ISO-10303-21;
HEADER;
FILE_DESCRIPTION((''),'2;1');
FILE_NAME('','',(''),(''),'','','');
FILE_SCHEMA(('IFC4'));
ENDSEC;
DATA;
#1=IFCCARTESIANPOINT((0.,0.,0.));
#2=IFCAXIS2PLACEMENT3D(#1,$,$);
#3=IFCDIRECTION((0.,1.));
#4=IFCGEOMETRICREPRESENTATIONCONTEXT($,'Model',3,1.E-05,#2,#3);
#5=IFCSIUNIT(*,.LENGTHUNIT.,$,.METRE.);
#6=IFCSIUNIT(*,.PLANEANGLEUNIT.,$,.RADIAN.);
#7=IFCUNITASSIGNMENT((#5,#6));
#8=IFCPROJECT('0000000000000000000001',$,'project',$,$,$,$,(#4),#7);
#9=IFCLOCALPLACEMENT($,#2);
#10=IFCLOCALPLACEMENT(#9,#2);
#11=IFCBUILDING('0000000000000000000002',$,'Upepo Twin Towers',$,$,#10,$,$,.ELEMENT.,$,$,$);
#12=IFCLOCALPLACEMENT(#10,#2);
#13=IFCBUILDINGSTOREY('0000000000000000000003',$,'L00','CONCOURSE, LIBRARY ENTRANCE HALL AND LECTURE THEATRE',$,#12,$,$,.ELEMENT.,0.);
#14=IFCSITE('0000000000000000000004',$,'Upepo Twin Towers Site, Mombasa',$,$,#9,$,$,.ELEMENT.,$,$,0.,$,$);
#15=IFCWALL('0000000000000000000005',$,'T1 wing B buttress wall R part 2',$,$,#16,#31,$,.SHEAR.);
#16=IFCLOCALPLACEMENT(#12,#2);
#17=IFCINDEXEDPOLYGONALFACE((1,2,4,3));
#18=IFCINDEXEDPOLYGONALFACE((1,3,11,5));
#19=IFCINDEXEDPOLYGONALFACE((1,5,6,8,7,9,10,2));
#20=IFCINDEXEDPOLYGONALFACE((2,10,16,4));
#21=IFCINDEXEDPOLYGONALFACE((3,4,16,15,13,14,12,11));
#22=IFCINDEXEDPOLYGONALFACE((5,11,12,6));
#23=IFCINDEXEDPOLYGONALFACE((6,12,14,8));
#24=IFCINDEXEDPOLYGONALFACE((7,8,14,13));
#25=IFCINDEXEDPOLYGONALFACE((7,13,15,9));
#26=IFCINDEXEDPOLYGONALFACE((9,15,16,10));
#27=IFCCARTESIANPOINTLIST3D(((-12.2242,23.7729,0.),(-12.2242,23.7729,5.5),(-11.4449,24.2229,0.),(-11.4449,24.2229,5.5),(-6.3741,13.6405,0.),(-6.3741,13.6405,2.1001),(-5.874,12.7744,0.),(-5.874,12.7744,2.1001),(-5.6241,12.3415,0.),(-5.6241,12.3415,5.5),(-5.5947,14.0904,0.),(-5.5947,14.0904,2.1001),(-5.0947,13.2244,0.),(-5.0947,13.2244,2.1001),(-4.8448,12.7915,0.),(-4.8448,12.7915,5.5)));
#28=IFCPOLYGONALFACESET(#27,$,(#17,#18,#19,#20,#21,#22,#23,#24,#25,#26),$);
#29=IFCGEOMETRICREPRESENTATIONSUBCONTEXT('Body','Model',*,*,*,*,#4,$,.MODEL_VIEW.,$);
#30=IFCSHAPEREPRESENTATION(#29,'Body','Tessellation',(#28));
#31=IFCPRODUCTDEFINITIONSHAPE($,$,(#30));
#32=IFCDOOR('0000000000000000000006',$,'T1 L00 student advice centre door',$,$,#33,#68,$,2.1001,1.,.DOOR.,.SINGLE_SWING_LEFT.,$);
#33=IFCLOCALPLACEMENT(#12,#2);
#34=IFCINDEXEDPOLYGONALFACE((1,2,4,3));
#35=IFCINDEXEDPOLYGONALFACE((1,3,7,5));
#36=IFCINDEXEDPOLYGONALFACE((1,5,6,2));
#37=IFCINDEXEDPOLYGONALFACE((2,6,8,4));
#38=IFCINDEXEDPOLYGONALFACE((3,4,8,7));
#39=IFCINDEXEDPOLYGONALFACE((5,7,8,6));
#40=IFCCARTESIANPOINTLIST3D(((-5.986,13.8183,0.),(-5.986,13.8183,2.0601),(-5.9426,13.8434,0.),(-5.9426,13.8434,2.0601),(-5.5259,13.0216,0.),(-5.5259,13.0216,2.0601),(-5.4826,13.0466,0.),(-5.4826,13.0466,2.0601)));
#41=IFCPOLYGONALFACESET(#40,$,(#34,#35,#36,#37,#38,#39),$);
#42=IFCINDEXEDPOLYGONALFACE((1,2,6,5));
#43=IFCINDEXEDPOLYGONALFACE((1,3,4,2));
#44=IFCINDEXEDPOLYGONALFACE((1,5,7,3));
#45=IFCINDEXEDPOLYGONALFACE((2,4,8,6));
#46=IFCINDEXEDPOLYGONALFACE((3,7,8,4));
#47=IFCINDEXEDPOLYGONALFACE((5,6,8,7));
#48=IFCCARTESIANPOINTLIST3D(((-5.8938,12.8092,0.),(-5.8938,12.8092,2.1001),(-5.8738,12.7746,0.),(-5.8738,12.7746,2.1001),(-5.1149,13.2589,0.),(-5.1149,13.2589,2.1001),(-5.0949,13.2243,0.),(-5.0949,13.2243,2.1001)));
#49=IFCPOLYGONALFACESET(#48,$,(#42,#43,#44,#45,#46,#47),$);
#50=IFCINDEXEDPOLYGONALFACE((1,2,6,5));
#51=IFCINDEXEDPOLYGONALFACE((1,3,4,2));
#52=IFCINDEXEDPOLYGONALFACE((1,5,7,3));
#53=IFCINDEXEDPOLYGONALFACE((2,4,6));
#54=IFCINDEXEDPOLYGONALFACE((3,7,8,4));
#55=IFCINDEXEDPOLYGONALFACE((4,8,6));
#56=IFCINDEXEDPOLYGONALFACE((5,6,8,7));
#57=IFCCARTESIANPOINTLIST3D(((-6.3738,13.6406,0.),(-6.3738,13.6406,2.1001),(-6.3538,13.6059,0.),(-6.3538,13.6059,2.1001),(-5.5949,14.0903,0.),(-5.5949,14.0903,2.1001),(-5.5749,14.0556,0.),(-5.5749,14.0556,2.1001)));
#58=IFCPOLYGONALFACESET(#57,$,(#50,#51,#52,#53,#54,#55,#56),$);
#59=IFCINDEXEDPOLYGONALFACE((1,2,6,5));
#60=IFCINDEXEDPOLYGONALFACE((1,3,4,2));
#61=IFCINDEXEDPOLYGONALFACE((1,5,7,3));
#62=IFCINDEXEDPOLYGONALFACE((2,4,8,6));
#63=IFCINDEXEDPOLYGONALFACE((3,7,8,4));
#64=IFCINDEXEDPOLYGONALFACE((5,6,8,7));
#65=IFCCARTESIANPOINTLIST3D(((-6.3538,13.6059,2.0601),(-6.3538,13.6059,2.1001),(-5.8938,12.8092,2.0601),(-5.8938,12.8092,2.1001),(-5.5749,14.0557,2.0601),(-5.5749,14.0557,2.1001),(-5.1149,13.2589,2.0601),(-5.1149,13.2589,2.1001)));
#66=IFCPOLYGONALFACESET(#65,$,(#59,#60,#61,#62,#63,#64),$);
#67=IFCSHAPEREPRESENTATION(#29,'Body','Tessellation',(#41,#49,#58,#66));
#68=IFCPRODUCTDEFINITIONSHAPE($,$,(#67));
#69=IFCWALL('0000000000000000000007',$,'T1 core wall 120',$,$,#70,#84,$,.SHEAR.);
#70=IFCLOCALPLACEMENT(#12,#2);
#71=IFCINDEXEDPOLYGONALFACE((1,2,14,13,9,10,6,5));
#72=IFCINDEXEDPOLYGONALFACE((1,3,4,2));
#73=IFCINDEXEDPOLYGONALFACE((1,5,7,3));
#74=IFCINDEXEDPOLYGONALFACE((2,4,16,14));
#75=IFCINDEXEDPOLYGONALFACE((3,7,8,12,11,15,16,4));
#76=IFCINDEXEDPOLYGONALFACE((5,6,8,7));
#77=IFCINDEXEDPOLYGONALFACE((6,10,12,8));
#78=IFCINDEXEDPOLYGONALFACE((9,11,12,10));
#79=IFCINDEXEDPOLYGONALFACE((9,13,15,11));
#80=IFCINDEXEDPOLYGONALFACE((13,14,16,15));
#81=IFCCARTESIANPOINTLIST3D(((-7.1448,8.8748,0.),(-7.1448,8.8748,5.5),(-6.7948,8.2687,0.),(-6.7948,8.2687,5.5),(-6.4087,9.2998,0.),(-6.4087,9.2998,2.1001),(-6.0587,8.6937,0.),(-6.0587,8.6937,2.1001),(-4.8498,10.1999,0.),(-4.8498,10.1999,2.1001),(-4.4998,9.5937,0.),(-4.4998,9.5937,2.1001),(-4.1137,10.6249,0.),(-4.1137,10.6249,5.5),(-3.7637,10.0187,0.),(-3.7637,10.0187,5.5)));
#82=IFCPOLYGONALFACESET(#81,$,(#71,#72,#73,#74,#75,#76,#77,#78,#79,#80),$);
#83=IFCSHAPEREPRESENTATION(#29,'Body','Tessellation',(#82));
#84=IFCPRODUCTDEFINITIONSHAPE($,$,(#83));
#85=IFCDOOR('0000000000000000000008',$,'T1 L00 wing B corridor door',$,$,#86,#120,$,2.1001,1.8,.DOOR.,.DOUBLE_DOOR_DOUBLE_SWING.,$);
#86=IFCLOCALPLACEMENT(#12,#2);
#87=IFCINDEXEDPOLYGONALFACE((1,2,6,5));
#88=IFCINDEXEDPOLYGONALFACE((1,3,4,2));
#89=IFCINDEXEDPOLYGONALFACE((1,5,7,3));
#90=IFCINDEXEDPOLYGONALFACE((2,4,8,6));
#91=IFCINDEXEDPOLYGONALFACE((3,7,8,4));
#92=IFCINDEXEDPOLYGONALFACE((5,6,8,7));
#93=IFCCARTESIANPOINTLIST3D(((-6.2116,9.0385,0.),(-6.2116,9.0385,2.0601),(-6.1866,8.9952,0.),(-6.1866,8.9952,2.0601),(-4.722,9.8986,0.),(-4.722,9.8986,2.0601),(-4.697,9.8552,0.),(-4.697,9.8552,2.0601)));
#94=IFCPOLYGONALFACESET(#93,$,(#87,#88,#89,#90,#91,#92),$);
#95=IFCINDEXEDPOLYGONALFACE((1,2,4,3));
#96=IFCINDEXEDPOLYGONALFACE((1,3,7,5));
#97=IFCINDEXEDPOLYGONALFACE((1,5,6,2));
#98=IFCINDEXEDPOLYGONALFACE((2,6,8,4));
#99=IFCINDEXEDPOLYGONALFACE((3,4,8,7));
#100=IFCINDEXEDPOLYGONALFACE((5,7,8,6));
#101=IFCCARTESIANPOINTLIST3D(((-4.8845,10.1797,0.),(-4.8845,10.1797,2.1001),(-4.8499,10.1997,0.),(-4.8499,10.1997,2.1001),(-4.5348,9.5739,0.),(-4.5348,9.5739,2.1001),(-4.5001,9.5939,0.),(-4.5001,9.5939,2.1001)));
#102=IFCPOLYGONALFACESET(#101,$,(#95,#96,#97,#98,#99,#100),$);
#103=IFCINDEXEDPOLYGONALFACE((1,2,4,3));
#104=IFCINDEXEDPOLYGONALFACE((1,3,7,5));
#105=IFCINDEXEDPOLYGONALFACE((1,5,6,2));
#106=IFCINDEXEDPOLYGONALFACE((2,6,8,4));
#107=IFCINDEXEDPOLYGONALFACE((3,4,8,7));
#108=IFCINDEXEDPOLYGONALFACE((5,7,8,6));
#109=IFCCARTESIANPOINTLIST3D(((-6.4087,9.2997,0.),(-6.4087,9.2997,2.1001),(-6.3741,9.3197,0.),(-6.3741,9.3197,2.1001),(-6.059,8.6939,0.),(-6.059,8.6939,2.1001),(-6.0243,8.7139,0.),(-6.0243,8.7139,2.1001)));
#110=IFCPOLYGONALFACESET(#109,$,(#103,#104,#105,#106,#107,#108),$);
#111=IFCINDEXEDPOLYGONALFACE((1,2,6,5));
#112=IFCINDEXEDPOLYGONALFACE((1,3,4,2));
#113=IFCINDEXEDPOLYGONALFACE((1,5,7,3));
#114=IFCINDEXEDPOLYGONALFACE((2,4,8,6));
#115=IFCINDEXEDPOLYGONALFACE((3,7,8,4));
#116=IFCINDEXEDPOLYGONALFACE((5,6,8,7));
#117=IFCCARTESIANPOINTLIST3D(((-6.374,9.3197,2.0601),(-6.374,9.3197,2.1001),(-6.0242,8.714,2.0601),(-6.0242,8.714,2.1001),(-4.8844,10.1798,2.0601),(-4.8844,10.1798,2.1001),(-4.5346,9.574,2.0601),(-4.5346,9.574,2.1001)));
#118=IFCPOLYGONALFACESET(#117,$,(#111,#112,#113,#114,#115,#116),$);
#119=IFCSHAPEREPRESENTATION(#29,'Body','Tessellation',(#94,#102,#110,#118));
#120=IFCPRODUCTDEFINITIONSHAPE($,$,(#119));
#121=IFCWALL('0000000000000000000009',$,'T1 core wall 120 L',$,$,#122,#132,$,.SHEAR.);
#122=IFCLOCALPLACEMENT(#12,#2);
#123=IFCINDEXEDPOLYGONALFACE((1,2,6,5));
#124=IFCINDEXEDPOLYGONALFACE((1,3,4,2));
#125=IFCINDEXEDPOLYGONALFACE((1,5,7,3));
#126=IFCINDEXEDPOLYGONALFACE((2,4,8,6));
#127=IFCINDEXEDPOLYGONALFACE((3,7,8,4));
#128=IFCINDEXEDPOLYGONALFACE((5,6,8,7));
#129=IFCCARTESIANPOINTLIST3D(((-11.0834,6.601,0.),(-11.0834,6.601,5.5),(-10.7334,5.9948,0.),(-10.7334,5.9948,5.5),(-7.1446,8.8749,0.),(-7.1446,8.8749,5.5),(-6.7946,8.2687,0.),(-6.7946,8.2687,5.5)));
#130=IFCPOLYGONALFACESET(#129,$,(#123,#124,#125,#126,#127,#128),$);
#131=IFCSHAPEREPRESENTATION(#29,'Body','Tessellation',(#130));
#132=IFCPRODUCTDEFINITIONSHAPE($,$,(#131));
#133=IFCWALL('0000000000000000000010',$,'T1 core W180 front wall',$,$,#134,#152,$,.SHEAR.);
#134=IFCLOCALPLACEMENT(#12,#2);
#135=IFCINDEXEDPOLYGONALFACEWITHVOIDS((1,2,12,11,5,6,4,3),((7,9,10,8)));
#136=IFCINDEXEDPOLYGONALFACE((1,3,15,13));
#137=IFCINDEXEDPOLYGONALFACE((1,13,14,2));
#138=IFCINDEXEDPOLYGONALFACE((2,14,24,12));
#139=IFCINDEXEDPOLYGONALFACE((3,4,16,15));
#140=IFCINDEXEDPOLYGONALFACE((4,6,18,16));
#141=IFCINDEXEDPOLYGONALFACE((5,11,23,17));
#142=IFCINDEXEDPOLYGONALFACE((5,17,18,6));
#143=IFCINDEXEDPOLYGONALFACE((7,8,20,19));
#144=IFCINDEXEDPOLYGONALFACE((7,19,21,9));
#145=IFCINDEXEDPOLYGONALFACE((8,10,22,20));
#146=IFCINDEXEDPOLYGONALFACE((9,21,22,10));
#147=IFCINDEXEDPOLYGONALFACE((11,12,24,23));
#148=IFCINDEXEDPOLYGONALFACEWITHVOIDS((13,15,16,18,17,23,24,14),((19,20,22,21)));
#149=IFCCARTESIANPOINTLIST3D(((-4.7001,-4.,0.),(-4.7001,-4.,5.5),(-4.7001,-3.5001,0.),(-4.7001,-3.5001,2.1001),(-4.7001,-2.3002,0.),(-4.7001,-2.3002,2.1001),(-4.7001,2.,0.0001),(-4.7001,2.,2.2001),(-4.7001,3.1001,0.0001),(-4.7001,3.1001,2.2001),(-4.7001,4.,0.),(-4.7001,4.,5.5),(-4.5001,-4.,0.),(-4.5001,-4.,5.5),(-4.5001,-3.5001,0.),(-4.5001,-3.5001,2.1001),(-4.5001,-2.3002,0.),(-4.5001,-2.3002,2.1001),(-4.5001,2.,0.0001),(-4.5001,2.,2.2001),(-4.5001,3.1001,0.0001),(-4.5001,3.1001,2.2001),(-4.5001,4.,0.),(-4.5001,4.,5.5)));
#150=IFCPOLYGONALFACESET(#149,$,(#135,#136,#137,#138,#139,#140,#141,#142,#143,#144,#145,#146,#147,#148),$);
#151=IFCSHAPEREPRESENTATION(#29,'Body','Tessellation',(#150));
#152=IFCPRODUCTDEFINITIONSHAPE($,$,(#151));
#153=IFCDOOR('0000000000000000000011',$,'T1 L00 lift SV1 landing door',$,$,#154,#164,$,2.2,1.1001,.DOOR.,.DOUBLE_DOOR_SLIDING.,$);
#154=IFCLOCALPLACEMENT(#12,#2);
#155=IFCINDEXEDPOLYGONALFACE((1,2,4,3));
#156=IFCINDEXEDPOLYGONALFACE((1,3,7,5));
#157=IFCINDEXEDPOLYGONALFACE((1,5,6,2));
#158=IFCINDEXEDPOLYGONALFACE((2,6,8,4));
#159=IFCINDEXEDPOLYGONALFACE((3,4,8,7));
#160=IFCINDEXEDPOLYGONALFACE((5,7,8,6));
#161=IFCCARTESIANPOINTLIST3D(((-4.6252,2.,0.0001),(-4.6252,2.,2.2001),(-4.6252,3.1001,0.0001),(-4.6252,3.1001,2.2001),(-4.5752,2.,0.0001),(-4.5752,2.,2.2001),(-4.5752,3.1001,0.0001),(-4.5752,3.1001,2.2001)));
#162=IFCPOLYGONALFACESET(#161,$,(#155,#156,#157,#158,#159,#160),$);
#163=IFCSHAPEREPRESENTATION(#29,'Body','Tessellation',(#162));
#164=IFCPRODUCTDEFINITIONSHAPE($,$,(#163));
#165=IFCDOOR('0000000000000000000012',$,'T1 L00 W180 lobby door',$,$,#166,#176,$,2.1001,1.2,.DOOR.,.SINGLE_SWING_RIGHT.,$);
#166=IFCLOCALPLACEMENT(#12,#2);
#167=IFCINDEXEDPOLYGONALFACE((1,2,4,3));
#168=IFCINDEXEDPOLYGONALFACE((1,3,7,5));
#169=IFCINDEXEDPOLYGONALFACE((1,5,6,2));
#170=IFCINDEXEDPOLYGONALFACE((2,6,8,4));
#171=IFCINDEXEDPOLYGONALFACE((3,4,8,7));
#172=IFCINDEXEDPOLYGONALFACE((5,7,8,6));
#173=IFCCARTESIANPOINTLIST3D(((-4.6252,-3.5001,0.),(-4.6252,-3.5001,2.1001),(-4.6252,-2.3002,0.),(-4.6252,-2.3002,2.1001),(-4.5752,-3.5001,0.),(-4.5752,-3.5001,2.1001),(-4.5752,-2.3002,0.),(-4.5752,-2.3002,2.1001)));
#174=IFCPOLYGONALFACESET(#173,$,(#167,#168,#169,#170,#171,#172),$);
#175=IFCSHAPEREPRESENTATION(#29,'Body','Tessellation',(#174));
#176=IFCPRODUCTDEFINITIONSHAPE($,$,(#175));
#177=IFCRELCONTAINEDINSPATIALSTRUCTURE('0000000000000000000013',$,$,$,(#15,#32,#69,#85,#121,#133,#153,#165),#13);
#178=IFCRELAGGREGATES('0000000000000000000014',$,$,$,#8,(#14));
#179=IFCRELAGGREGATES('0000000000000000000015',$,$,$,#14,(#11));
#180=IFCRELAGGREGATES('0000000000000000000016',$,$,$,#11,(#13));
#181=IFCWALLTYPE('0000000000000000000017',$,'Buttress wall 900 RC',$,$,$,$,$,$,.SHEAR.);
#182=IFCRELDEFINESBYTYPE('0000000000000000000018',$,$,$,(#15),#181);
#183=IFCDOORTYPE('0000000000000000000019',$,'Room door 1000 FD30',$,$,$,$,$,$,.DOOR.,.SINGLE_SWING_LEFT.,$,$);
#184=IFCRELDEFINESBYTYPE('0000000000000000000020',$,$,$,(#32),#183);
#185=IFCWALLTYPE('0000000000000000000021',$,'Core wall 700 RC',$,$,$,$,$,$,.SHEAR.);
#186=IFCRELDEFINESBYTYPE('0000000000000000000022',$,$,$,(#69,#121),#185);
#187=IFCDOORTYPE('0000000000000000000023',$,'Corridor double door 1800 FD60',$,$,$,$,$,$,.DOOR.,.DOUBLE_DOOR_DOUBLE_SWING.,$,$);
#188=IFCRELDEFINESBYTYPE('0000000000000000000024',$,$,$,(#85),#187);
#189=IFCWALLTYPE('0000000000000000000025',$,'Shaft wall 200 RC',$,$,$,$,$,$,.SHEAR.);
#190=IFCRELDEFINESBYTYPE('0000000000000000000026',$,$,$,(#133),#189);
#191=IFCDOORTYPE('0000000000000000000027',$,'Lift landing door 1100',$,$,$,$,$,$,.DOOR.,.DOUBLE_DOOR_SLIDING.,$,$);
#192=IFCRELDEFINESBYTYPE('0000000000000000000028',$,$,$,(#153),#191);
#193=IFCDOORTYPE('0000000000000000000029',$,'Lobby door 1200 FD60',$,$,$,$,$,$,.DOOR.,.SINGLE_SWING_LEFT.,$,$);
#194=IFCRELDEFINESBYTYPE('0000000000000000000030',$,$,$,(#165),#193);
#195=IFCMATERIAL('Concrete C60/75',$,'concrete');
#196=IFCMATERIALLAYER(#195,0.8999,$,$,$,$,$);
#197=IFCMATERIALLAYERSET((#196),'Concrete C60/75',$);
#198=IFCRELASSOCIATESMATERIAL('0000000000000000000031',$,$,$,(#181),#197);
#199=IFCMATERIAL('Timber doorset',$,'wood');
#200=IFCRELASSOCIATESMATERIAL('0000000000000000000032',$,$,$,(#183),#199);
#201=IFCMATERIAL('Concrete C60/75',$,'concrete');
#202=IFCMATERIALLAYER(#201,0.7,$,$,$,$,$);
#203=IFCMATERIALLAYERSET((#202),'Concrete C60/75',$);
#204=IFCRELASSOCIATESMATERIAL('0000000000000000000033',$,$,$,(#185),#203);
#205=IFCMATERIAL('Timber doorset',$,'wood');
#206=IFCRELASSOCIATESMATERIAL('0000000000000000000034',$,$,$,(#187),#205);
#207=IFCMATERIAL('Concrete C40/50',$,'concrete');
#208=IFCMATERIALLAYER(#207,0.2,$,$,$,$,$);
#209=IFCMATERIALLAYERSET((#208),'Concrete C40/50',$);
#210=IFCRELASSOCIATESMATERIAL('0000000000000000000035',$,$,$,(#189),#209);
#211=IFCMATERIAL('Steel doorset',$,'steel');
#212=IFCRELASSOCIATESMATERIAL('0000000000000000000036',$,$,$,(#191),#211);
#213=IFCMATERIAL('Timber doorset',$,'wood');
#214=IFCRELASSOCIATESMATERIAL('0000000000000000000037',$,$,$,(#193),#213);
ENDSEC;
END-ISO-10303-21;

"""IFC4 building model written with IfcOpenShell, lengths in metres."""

from ifc_helpers import new_model, si_unit, direction, frame, frame_2d, origin, place, context, subcontext, project, spatial, rectangle, extrude, material, layer, layer_set, type_object, element, fill, save


model = new_model("IFC4")

# Units and contexts
model_context = context("Model", 3, precision=1e-05, world=origin(), true_north=direction((0.0, 1.0)))
body_context = subcontext(model_context, "Body", "Model", "MODEL_VIEW")
ifc_project = project(units=[si_unit("LENGTHUNIT", "METRE"), si_unit("PLANEANGLEUNIT", "RADIAN")], contexts=[model_context])

# Site, building, storey
site_placement = place(None, origin())
site = spatial("IfcSite", under=ifc_project, at=site_placement, Name="Upepo Twin Towers Site, Mombasa", CompositionType="ELEMENT", RefElevation=0.0)
building_placement = place(site_placement, origin())
building = spatial("IfcBuilding", under=site, at=building_placement, Name="Upepo Twin Towers", CompositionType="ELEMENT")
storey_placement = place(building_placement, origin())
storey = spatial("IfcBuildingStorey", under=building, at=storey_placement, Name="L00", Description="CONCOURSE, LIBRARY ENTRANCE HALL AND LECTURE THEATRE", CompositionType="ELEMENT", Elevation=0.0)

# Walls, openings, doors
ifc_material_1 = material(Name="Concrete C60/75", Category="concrete")
ifc_layer_1 = layer(ifc_material_1, 0.8999)
ifc_layer_set_1 = layer_set([ifc_layer_1], Name="Concrete C60/75")
wall_type_1 = type_object("IfcWallType", Name="Buttress wall 900 RC", PredefinedType="SHEAR", material=ifc_layer_set_1)
ifc_material_2 = material(Name="Timber doorset", Category="wood")
door_type_1 = type_object("IfcDoorType", Name="Room door 1000 FD30", OperationType="SINGLE_SWING_LEFT", PredefinedType="DOOR", material=ifc_material_2)
wall_1_placement = place(storey_placement, frame((-5.2344, 12.5664, 0.0), z_axis=(0.0, 0.0, 1.0), x_axis=(-0.50001, 0.86602, 0.0)))
wall_1 = element("IfcWall", 1, at=wall_1_placement, inside=storey, type_object=wall_type_1, Name="T1 wing B buttress wall R part 2", PredefinedType="SHEAR", context=body_context, shape_type="SweptSolid", body=[
    extrude(rectangle(XDim=13.2, YDim=0.8999, at=frame_2d((6.6001, 0.0))), origin(), (0.0, 0.0, 1.0), 5.5),
])
opening_1_placement = place(wall_1_placement, frame((0.5, 0.0, 0.0)))
opening_1 = element("IfcOpeningElement", 2, at=opening_1_placement, cuts=wall_1, PredefinedType="OPENING", context=body_context, shape_type="SweptSolid", body=[
    extrude(rectangle(XDim=1.0, YDim=2.1001, at=frame_2d((0.5, 1.05))), frame((0.0, 0.46, 0.0), z_axis=(0.0, -1.0, 0.0), x_axis=(1.0, 0.0, 0.0)), (0.0, 0.0, 1.0), 0.9199),
])
door_1_placement = place(opening_1_placement, origin())
door_1 = element("IfcDoor", 3, at=door_1_placement, inside=storey, type_object=door_type_1, Name="T1 L00 student advice centre door", OperationType="SINGLE_SWING_LEFT", OverallHeight=2.1001, OverallWidth=1.0, PredefinedType="DOOR", context=body_context, shape_type="SweptSolid", body=[
    extrude(rectangle(XDim=0.92, YDim=2.0601, at=frame_2d((0.5, 1.03))), frame((0.0, 0.0249, 0.0), z_axis=(0.0, -1.0, 0.0), x_axis=(1.0, 0.0, 0.0)), (0.0, 0.0, 1.0), 0.05),
    extrude(rectangle(XDim=0.04, YDim=2.1001, at=frame_2d((0.02, 1.05))), frame((0.0, 0.4497, 0.0), z_axis=(0.0, -1.0, 0.0), x_axis=(1.0, 0.0, 0.0)), (0.0, 0.0, 1.0), 0.8994),
    extrude(rectangle(XDim=0.04, YDim=2.1001, at=frame_2d((0.98, 1.05))), frame((0.0, 0.4497, 0.0), z_axis=(0.0, -1.0, 0.0), x_axis=(1.0, 0.0, 0.0)), (0.0, 0.0, 1.0), 0.8994),
    extrude(rectangle(XDim=0.92, YDim=0.04, at=frame_2d((0.5, 2.0801))), frame((0.0, 0.4497, 0.0), z_axis=(0.0, -1.0, 0.0), x_axis=(1.0, 0.0, 0.0)), (0.0, 0.0, 1.0), 0.8994),
])
fill(opening_1, door_1)
ifc_material_3 = material(Name="Concrete C60/75", Category="concrete")
ifc_layer_2 = layer(ifc_material_3, 0.7)
ifc_layer_set_2 = layer_set([ifc_layer_2], Name="Concrete C60/75")
wall_type_2 = type_object("IfcWallType", Name="Core wall 700 RC", PredefinedType="SHEAR", material=ifc_layer_set_2)
wall_2_placement = place(storey_placement, frame((-3.9387, 10.3218, 0.0), z_axis=(0.0, 0.0, 1.0), x_axis=(-0.866019, -0.50001, 0.0)))
wall_2 = element("IfcWall", 4, at=wall_2_placement, inside=storey, type_object=wall_type_2, Name="T1 core wall 120", PredefinedType="SHEAR", context=body_context, shape_type="SweptSolid", body=[
    extrude(rectangle(XDim=3.5, YDim=0.7, at=frame_2d((1.75, 0.0))), origin(), (0.0, 0.0, 1.0), 5.5),
])
opening_2_placement = place(wall_2_placement, frame((0.8501, 0.0, 0.0)))
opening_2 = element("IfcOpeningElement", 5, at=opening_2_placement, cuts=wall_2, PredefinedType="OPENING", context=body_context, shape_type="SweptSolid", body=[
    extrude(rectangle(XDim=1.8, YDim=2.1001, at=frame_2d((0.8999, 1.05))), frame((0.0, 0.3599, 0.0), z_axis=(0.0, -1.0, 0.0), x_axis=(1.0, 0.0, 0.0)), (0.0, 0.0, 1.0), 0.72),
])
ifc_material_4 = material(Name="Timber doorset", Category="wood")
door_type_2 = type_object("IfcDoorType", Name="Corridor double door 1800 FD60", OperationType="DOUBLE_DOOR_DOUBLE_SWING", PredefinedType="DOOR", material=ifc_material_4)
door_2_placement = place(opening_2_placement, origin())
door_2 = element("IfcDoor", 6, at=door_2_placement, inside=storey, type_object=door_type_2, Name="T1 L00 wing B corridor door", OperationType="DOUBLE_DOOR_DOUBLE_SWING", OverallHeight=2.1001, OverallWidth=1.8, PredefinedType="DOOR", context=body_context, shape_type="SweptSolid", body=[
    extrude(rectangle(XDim=1.72, YDim=2.0601, at=frame_2d((0.8999, 1.03))), frame((0.0, 0.0249, 0.0), z_axis=(0.0, -1.0, 0.0), x_axis=(1.0, 0.0, 0.0)), (0.0, 0.0, 1.0), 0.05),
    extrude(rectangle(XDim=0.04, YDim=2.1001, at=frame_2d((0.02, 1.05))), frame((0.0, 0.3496, 0.0), z_axis=(0.0, -1.0, 0.0), x_axis=(1.0, 0.0, 0.0)), (0.0, 0.0, 1.0), 0.6995),
    extrude(rectangle(XDim=0.04, YDim=2.1001, at=frame_2d((1.78, 1.05))), frame((0.0, 0.3496, 0.0), z_axis=(0.0, -1.0, 0.0), x_axis=(1.0, 0.0, 0.0)), (0.0, 0.0, 1.0), 0.6995),
    extrude(rectangle(XDim=1.72, YDim=0.04, at=frame_2d((0.8999, 2.0801))), frame((0.0, 0.3496, 0.0), z_axis=(0.0, -1.0, 0.0), x_axis=(1.0, 0.0, 0.0)), (0.0, 0.0, 1.0), 0.6995),
])
fill(opening_2, door_2)

# Wall
wall_3_placement = place(storey_placement, frame((-6.9697, 8.5718, 0.0), z_axis=(0.0, 0.0, 1.0), x_axis=(-0.866035, -0.499984, 0.0)))
element("IfcWall", 7, at=wall_3_placement, inside=storey, type_object=wall_type_2, Name="T1 core wall 120 L", PredefinedType="SHEAR", context=body_context, shape_type="SweptSolid", body=[
    extrude(rectangle(XDim=4.5481, YDim=0.7, at=frame_2d((2.2739, 0.0))), origin(), (0.0, 0.0, 1.0), 5.5),
])

# Wall, openings, doors
ifc_material_5 = material(Name="Concrete C40/50", Category="concrete")
ifc_layer_3 = layer(ifc_material_5, 0.2)
ifc_layer_set_3 = layer_set([ifc_layer_3], Name="Concrete C40/50")
wall_type_3 = type_object("IfcWallType", Name="Shaft wall 200 RC", PredefinedType="SHEAR", material=ifc_layer_set_3)
wall_4_placement = place(storey_placement, frame((-4.6001, 4.0, 0.0), z_axis=(0.0, 0.0, 1.0), x_axis=(0.0, -1.0, 0.0)))
wall_4 = element("IfcWall", 8, at=wall_4_placement, inside=storey, type_object=wall_type_3, Name="T1 core W180 front wall", PredefinedType="SHEAR", context=body_context, shape_type="SweptSolid", body=[
    extrude(rectangle(XDim=8.0, YDim=0.2, at=frame_2d((4.0, 0.0))), origin(), (0.0, 0.0, 1.0), 5.5),
])
opening_3_placement = place(wall_4_placement, frame((6.3, 0.0, 0.0)))
opening_3 = element("IfcOpeningElement", 9, at=opening_3_placement, cuts=wall_4, PredefinedType="OPENING", context=body_context, shape_type="SweptSolid", body=[
    extrude(rectangle(XDim=1.2, YDim=2.1001, at=frame_2d((0.6001, 1.05))), frame((0.0, 0.1099, 0.0), z_axis=(0.0, -1.0, 0.0), x_axis=(1.0, 0.0, 0.0)), (0.0, 0.0, 1.0), 0.22),
])
opening_4_placement = place(wall_4_placement, frame((0.8999, 0.0, 0.0)))
opening_4 = element("IfcOpeningElement", 10, at=opening_4_placement, cuts=wall_4, PredefinedType="OPENING", context=body_context, shape_type="SweptSolid", body=[
    extrude(rectangle(XDim=1.1001, YDim=2.2, at=frame_2d((0.55, 1.1001))), frame((0.0, 0.1099, 0.0), z_axis=(0.0, -1.0, 0.0), x_axis=(1.0, 0.0, 0.0)), (0.0, 0.0, 1.0), 0.22),
])
ifc_material_6 = material(Name="Steel doorset", Category="steel")
door_type_3 = type_object("IfcDoorType", Name="Lift landing door 1100", OperationType="DOUBLE_DOOR_SLIDING", PredefinedType="DOOR", material=ifc_material_6)
door_3_placement = place(opening_4_placement, origin())
door_3 = element("IfcDoor", 11, at=door_3_placement, inside=storey, type_object=door_type_3, Name="T1 L00 lift SV1 landing door", OperationType="DOUBLE_DOOR_SLIDING", OverallHeight=2.2, OverallWidth=1.1001, PredefinedType="DOOR", context=body_context, shape_type="SweptSolid", body=[
    extrude(rectangle(XDim=1.1001, YDim=2.2, at=frame_2d((0.55, 1.1001))), frame((0.0, 0.0249, 0.0), z_axis=(0.0, -1.0, 0.0), x_axis=(1.0, 0.0, 0.0)), (0.0, 0.0, 1.0), 0.05),
])
fill(opening_4, door_3)
ifc_material_7 = material(Name="Timber doorset", Category="wood")
door_type_4 = type_object("IfcDoorType", Name="Lobby door 1200 FD60", OperationType="SINGLE_SWING_LEFT", PredefinedType="DOOR", material=ifc_material_7)
door_4_placement = place(opening_3_placement, origin())
door_4 = element("IfcDoor", 12, at=door_4_placement, inside=storey, type_object=door_type_4, Name="T1 L00 W180 lobby door", OperationType="SINGLE_SWING_RIGHT", OverallHeight=2.1001, OverallWidth=1.2, PredefinedType="DOOR", context=body_context, shape_type="SweptSolid", body=[
    extrude(rectangle(XDim=1.2, YDim=2.1001, at=frame_2d((0.6001, 1.05))), frame((0.0, 0.0249, 0.0), z_axis=(0.0, -1.0, 0.0), x_axis=(1.0, 0.0, 0.0)), (0.0, 0.0, 1.0), 0.05),
])
fill(opening_3, door_4)

save(model, "model.ifc")
